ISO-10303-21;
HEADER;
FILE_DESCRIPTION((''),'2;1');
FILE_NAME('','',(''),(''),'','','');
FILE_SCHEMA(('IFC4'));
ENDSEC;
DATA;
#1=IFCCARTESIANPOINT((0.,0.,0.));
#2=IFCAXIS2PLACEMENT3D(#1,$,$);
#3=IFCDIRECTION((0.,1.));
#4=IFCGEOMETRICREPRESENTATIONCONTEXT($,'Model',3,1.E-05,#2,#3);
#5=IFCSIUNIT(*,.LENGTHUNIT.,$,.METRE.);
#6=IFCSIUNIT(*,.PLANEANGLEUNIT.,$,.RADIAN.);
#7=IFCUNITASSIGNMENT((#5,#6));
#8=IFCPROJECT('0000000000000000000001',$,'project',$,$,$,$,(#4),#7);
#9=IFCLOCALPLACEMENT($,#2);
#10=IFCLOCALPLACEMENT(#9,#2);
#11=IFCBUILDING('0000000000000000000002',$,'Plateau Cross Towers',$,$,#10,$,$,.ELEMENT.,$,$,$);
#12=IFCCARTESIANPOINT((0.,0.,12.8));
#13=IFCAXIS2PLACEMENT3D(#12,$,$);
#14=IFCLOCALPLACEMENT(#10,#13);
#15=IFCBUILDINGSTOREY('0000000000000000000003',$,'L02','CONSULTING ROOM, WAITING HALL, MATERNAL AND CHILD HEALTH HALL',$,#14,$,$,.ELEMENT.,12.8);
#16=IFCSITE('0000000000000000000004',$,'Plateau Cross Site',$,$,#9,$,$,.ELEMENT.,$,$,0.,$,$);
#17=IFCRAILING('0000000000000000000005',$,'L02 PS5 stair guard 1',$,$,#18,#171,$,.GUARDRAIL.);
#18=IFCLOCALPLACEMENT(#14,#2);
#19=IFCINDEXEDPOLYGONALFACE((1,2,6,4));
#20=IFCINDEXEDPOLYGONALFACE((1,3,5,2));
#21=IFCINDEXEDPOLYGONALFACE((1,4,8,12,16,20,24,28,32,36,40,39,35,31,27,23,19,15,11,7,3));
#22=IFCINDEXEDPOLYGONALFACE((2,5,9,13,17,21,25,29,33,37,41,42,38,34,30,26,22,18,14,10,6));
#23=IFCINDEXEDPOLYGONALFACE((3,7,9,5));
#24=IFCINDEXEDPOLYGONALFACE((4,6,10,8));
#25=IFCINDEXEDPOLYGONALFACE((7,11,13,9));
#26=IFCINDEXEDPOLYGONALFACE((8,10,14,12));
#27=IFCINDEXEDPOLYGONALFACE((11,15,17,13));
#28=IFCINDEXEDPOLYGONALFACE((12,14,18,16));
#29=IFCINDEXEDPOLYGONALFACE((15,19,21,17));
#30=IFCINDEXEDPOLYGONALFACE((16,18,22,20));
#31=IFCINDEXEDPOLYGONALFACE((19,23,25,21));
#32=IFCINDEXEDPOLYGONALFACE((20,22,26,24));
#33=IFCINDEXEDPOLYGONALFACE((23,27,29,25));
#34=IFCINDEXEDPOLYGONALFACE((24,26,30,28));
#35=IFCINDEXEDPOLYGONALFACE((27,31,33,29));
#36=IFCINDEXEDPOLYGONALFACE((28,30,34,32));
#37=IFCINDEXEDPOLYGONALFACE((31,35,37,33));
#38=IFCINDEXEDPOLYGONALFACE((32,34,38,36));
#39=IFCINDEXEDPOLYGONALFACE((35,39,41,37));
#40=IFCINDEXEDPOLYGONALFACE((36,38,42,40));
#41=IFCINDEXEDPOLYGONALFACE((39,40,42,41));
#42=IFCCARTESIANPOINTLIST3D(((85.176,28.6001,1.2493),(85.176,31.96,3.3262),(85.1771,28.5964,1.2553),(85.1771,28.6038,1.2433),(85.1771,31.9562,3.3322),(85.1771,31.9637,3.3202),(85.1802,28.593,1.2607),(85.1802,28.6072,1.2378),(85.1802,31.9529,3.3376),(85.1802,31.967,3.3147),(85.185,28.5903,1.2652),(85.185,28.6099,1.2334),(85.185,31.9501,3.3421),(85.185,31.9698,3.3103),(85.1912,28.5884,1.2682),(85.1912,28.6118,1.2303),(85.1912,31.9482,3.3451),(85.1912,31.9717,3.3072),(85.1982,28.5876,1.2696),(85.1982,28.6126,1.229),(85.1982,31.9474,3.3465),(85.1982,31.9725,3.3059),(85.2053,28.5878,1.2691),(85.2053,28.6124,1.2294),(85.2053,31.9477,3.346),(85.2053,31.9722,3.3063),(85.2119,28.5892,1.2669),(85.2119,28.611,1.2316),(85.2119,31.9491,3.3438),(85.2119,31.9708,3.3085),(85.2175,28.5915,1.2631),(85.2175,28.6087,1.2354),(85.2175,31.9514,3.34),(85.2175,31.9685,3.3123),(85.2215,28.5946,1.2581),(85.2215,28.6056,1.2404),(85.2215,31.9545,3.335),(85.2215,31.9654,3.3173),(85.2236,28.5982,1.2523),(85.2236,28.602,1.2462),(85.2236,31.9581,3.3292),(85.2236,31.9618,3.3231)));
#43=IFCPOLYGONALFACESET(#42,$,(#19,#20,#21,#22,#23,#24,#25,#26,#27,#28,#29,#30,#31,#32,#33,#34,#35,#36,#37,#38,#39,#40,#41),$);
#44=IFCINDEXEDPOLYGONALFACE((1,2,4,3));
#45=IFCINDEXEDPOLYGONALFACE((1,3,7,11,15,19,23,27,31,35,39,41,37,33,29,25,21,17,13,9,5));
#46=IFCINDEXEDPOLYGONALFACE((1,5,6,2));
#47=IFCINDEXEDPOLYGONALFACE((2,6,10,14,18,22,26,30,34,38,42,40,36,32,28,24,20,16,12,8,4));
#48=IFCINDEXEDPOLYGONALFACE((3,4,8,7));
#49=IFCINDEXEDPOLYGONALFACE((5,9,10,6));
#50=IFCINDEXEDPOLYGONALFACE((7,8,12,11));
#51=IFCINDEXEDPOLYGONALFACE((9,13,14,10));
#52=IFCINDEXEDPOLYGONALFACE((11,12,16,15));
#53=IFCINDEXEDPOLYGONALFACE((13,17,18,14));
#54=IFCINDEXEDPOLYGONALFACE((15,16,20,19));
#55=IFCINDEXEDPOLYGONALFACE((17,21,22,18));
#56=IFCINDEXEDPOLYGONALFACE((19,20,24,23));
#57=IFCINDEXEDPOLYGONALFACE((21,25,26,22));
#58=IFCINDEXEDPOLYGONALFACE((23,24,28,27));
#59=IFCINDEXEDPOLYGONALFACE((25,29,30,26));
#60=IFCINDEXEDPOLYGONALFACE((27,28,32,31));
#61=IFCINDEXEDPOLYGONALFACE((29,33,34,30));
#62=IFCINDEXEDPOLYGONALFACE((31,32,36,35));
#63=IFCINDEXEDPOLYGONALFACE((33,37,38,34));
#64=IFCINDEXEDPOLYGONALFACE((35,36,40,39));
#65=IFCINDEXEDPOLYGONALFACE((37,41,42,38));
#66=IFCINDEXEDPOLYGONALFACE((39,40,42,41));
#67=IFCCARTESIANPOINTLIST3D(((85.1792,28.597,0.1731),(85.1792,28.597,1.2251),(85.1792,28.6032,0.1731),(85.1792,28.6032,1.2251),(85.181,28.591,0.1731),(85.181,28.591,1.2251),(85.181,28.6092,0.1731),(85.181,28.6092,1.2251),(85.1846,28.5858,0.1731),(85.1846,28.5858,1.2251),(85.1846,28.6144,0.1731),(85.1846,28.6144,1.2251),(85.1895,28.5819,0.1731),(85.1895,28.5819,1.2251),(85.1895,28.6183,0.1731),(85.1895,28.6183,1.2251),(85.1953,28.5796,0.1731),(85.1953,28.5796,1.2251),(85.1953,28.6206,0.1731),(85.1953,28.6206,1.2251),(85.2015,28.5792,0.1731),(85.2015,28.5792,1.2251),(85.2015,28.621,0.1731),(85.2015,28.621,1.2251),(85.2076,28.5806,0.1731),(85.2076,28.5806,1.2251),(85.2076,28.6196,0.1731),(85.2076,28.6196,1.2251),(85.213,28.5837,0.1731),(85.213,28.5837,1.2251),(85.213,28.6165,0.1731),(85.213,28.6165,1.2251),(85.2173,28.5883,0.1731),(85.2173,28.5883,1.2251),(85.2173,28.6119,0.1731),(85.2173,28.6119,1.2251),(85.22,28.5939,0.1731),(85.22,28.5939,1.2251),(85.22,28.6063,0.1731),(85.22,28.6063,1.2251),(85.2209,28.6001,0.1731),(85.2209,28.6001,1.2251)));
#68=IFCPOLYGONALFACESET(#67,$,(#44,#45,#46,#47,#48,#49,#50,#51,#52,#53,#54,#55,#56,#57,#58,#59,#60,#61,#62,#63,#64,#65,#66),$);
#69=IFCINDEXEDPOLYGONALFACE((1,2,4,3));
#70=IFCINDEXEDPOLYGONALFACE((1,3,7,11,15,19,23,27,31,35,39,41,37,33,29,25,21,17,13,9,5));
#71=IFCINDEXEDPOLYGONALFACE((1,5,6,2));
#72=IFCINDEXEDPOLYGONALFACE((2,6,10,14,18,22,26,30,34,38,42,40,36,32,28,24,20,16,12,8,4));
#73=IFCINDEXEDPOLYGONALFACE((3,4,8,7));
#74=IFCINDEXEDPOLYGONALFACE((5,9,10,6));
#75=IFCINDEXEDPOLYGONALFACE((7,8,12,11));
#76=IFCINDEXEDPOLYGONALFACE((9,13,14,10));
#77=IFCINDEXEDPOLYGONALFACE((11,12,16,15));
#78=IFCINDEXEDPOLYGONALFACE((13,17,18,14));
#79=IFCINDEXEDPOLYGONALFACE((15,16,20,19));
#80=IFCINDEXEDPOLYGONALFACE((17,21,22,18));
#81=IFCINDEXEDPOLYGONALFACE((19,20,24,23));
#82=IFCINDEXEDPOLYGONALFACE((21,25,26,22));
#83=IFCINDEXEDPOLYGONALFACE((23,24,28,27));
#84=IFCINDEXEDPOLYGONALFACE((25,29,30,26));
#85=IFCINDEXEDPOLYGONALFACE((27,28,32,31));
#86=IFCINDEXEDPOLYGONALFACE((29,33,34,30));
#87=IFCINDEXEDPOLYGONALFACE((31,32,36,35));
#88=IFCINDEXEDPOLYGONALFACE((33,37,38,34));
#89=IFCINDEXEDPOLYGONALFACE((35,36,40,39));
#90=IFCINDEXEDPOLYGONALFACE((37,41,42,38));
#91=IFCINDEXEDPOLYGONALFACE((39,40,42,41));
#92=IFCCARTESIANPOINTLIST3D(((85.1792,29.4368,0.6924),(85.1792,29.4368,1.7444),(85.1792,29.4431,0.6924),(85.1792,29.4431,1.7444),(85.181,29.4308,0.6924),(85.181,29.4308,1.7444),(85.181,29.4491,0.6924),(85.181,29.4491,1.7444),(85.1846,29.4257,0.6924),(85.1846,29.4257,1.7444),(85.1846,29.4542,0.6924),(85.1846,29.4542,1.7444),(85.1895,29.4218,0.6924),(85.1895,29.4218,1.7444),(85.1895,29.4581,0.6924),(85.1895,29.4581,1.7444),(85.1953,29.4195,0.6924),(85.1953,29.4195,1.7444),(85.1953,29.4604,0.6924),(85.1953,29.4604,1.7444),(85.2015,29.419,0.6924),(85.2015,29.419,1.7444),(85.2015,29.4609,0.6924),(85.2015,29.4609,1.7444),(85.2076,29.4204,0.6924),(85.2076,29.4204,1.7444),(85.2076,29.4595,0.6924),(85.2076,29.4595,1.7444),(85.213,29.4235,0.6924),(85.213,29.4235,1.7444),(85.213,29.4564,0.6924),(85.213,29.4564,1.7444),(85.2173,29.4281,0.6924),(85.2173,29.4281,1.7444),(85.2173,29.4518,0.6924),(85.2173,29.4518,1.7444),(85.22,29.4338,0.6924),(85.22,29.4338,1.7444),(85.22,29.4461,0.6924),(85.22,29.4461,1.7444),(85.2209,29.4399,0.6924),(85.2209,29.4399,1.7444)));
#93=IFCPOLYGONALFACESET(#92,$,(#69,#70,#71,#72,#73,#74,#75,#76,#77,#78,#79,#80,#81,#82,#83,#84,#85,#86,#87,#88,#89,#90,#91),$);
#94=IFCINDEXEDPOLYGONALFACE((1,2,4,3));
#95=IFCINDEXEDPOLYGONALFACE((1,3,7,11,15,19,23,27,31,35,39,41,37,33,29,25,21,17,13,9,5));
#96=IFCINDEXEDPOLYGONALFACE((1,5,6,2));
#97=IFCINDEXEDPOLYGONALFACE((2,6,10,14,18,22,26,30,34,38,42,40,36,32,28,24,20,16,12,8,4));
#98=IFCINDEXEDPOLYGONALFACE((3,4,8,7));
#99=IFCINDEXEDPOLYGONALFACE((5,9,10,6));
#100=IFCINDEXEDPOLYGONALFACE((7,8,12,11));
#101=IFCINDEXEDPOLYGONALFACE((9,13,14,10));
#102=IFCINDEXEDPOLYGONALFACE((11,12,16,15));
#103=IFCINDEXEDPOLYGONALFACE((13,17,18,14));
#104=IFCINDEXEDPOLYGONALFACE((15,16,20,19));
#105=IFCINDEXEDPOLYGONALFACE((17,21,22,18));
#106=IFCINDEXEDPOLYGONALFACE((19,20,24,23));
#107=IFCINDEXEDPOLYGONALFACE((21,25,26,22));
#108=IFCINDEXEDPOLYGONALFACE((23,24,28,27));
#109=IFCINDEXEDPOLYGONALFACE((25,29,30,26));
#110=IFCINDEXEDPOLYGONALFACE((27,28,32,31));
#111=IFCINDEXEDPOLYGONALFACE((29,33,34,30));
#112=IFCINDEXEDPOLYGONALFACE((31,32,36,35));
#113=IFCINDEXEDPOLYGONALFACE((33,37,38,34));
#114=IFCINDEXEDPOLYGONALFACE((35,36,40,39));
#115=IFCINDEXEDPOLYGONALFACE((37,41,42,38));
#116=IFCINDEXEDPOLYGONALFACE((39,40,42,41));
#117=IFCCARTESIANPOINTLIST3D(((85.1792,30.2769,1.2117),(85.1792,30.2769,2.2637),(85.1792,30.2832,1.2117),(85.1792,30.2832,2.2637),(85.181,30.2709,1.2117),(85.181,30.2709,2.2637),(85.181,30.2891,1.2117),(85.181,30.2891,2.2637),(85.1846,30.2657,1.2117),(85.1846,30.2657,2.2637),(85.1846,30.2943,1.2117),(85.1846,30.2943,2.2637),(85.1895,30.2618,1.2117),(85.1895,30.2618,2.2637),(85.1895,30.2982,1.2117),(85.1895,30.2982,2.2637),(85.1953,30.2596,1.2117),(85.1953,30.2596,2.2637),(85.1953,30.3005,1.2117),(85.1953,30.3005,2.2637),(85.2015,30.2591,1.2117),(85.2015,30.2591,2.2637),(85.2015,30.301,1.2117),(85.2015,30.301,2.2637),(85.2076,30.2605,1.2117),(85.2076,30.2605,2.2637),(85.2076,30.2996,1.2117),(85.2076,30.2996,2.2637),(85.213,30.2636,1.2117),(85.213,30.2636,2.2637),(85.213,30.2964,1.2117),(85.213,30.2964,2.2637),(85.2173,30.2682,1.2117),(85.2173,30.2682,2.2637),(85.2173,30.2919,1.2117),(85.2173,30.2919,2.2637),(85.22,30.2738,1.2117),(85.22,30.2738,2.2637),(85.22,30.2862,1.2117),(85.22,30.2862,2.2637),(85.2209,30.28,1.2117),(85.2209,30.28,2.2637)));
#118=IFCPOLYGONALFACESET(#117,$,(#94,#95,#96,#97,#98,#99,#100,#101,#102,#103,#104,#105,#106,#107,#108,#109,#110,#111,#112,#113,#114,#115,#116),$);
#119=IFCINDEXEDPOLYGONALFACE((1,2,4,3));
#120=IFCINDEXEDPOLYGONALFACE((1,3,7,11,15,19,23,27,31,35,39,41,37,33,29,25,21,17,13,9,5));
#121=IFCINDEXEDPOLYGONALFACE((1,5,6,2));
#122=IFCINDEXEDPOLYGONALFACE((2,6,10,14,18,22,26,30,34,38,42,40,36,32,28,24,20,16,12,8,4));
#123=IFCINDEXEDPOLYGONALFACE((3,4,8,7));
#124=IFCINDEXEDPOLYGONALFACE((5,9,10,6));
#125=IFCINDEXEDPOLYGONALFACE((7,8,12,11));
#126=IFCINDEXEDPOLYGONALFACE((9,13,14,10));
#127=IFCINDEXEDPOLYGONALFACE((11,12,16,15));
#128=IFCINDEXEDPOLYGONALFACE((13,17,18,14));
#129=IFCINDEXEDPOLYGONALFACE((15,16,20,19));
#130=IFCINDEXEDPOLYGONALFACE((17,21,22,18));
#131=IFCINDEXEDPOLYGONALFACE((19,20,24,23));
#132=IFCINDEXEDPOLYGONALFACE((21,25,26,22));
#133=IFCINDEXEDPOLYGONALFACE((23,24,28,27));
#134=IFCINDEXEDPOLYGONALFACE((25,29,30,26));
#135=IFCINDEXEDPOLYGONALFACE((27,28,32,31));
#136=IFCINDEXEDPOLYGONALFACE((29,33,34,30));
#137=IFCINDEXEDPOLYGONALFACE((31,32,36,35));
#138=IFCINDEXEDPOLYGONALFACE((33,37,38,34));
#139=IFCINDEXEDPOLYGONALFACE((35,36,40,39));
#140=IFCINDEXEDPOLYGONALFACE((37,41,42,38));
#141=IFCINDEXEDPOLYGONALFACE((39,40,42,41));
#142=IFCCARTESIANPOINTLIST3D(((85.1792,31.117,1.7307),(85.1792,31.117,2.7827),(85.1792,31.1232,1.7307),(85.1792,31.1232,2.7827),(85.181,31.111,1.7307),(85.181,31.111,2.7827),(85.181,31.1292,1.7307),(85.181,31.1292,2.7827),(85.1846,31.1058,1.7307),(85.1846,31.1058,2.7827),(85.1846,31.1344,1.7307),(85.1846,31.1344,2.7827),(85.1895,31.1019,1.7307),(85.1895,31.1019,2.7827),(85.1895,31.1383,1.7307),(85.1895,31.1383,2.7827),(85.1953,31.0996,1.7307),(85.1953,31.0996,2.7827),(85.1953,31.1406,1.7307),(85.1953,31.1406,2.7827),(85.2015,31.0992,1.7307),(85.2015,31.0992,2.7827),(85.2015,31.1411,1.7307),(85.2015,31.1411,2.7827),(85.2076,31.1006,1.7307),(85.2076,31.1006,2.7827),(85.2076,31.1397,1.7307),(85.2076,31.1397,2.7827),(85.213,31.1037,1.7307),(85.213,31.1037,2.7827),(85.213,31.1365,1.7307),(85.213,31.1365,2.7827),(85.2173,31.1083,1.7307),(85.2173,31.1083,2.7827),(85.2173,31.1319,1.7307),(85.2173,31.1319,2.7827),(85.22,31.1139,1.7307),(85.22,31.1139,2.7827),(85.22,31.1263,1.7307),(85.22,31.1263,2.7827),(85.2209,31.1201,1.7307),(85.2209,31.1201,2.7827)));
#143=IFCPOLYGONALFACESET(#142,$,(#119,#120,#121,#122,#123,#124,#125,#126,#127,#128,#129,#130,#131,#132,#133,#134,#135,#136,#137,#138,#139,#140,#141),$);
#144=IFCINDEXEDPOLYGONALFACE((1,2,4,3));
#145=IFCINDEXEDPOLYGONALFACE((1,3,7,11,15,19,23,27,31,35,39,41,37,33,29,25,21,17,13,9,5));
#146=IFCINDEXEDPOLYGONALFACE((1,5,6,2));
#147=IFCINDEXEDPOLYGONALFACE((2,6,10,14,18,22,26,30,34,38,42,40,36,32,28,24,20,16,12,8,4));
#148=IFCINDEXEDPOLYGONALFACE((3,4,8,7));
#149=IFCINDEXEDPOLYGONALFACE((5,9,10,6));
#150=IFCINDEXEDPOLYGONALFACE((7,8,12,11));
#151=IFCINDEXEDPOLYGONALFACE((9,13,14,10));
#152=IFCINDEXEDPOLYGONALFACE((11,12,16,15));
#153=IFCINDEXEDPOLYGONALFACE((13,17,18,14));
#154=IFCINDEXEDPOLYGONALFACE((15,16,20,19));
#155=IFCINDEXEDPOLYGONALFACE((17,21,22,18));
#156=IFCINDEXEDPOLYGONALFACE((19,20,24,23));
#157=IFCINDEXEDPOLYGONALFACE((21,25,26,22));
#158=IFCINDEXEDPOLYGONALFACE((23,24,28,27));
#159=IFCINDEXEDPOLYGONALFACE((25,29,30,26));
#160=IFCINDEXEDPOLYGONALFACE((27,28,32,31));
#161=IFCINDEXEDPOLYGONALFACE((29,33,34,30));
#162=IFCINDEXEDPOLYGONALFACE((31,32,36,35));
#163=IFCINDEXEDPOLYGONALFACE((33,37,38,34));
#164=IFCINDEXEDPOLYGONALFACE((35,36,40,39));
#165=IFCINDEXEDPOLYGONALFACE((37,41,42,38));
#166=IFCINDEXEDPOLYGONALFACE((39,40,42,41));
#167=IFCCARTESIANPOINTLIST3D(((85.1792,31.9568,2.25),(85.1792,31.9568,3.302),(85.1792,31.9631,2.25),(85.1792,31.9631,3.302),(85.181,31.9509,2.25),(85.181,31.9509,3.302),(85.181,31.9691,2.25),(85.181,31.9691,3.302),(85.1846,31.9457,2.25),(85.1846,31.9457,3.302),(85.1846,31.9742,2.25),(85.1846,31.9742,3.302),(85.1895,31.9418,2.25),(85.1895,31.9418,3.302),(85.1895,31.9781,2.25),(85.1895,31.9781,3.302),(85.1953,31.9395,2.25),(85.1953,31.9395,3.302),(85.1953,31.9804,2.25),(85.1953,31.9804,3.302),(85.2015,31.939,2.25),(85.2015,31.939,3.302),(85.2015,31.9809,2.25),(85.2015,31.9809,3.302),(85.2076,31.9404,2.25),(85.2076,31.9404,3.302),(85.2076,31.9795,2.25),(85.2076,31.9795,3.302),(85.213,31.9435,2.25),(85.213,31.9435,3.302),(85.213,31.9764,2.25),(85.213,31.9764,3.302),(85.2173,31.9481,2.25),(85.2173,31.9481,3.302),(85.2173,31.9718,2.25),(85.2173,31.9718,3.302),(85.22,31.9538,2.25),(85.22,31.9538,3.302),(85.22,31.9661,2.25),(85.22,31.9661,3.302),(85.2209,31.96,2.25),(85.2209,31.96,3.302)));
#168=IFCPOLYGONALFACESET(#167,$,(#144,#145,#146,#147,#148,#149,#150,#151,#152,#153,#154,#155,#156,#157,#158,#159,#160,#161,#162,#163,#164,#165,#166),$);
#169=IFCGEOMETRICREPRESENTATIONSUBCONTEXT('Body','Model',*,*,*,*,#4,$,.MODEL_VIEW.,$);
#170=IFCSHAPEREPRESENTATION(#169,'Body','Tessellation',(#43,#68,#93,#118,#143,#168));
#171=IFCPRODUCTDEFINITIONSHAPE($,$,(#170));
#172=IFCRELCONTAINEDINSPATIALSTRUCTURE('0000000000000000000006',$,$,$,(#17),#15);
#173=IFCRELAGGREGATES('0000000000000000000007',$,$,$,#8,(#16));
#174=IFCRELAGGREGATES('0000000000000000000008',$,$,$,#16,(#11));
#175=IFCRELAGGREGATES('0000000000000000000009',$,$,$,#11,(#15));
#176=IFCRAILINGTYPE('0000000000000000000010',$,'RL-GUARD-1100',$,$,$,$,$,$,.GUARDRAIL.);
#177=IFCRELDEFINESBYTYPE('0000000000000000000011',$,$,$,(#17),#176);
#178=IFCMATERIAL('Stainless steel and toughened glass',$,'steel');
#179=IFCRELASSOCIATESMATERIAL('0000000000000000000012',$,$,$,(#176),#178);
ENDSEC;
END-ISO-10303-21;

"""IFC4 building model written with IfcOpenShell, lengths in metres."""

from ifc_helpers import new_model, si_unit, direction, frame, origin, origin_2d, place, context, subcontext, project, spatial, circle, extrude, material, type_object, element, save


model = new_model("IFC4")

# Units and contexts
model_context = context("Model", 3, precision=1e-05, world=origin(), true_north=direction((0.0, 1.0)))
body_context = subcontext(model_context, "Body", "Model", "MODEL_VIEW")
ifc_project = project(units=[si_unit("LENGTHUNIT", "METRE"), si_unit("PLANEANGLEUNIT", "RADIAN")], contexts=[model_context])

# Site, building, storey
site_placement = place(None, origin())
site = spatial("IfcSite", under=ifc_project, at=site_placement, Name="Plateau Cross Site", CompositionType="ELEMENT", RefElevation=0.0)
building_placement = place(site_placement, origin())
building = spatial("IfcBuilding", under=site, at=building_placement, Name="Plateau Cross Towers", CompositionType="ELEMENT")
storey_placement = place(building_placement, frame((0.0, 0.0, 12.8)))
storey = spatial("IfcBuildingStorey", under=building, at=storey_placement, Name="L02", Description="CONSULTING ROOM, WAITING HALL, MATERNAL AND CHILD HEALTH HALL", CompositionType="ELEMENT", Elevation=12.8)

# Railing
ifc_material_1 = material(Name="Stainless steel and toughened glass", Category="steel")
railing_type_1 = type_object("IfcRailingType", Name="RL-GUARD-1100", PredefinedType="GUARDRAIL", material=ifc_material_1)
railing_1_placement = place(storey_placement, frame((85.2, 28.6001, 0.1731)))
element("IfcRailing", 1, at=railing_1_placement, inside=storey, type_object=railing_type_1, Name="L02 PS5 stair guard 1", PredefinedType="GUARDRAIL", context=body_context, shape_type="SweptSolid", body=[
    extrude(circle(Radius=0.0239, at=origin_2d()), frame((0.0, 0.0, 1.0762), z_axis=(0.0, 0.850606, 0.525803), x_axis=(-1.0, 0.0, 0.0)), (0.0, 0.0, 1.0), 3.95),
    extrude(circle(Radius=0.021, at=origin_2d()), origin(), (0.0, 0.0, 1.0), 1.052),
    extrude(circle(Radius=0.021, at=origin_2d()), frame((0.0, 0.8398, 0.5193)), (0.0, 0.0, 1.0), 1.052),
    extrude(circle(Radius=0.021, at=origin_2d()), frame((0.0, 1.6799, 1.0386)), (0.0, 0.0, 1.0), 1.052),
    extrude(circle(Radius=0.021, at=origin_2d()), frame((0.0, 2.52, 1.5576)), (0.0, 0.0, 1.0), 1.052),
    extrude(circle(Radius=0.021, at=origin_2d()), frame((0.0, 3.3599, 2.0769)), (0.0, 0.0, 1.0), 1.052),
])

save(model, "model.ifc")
